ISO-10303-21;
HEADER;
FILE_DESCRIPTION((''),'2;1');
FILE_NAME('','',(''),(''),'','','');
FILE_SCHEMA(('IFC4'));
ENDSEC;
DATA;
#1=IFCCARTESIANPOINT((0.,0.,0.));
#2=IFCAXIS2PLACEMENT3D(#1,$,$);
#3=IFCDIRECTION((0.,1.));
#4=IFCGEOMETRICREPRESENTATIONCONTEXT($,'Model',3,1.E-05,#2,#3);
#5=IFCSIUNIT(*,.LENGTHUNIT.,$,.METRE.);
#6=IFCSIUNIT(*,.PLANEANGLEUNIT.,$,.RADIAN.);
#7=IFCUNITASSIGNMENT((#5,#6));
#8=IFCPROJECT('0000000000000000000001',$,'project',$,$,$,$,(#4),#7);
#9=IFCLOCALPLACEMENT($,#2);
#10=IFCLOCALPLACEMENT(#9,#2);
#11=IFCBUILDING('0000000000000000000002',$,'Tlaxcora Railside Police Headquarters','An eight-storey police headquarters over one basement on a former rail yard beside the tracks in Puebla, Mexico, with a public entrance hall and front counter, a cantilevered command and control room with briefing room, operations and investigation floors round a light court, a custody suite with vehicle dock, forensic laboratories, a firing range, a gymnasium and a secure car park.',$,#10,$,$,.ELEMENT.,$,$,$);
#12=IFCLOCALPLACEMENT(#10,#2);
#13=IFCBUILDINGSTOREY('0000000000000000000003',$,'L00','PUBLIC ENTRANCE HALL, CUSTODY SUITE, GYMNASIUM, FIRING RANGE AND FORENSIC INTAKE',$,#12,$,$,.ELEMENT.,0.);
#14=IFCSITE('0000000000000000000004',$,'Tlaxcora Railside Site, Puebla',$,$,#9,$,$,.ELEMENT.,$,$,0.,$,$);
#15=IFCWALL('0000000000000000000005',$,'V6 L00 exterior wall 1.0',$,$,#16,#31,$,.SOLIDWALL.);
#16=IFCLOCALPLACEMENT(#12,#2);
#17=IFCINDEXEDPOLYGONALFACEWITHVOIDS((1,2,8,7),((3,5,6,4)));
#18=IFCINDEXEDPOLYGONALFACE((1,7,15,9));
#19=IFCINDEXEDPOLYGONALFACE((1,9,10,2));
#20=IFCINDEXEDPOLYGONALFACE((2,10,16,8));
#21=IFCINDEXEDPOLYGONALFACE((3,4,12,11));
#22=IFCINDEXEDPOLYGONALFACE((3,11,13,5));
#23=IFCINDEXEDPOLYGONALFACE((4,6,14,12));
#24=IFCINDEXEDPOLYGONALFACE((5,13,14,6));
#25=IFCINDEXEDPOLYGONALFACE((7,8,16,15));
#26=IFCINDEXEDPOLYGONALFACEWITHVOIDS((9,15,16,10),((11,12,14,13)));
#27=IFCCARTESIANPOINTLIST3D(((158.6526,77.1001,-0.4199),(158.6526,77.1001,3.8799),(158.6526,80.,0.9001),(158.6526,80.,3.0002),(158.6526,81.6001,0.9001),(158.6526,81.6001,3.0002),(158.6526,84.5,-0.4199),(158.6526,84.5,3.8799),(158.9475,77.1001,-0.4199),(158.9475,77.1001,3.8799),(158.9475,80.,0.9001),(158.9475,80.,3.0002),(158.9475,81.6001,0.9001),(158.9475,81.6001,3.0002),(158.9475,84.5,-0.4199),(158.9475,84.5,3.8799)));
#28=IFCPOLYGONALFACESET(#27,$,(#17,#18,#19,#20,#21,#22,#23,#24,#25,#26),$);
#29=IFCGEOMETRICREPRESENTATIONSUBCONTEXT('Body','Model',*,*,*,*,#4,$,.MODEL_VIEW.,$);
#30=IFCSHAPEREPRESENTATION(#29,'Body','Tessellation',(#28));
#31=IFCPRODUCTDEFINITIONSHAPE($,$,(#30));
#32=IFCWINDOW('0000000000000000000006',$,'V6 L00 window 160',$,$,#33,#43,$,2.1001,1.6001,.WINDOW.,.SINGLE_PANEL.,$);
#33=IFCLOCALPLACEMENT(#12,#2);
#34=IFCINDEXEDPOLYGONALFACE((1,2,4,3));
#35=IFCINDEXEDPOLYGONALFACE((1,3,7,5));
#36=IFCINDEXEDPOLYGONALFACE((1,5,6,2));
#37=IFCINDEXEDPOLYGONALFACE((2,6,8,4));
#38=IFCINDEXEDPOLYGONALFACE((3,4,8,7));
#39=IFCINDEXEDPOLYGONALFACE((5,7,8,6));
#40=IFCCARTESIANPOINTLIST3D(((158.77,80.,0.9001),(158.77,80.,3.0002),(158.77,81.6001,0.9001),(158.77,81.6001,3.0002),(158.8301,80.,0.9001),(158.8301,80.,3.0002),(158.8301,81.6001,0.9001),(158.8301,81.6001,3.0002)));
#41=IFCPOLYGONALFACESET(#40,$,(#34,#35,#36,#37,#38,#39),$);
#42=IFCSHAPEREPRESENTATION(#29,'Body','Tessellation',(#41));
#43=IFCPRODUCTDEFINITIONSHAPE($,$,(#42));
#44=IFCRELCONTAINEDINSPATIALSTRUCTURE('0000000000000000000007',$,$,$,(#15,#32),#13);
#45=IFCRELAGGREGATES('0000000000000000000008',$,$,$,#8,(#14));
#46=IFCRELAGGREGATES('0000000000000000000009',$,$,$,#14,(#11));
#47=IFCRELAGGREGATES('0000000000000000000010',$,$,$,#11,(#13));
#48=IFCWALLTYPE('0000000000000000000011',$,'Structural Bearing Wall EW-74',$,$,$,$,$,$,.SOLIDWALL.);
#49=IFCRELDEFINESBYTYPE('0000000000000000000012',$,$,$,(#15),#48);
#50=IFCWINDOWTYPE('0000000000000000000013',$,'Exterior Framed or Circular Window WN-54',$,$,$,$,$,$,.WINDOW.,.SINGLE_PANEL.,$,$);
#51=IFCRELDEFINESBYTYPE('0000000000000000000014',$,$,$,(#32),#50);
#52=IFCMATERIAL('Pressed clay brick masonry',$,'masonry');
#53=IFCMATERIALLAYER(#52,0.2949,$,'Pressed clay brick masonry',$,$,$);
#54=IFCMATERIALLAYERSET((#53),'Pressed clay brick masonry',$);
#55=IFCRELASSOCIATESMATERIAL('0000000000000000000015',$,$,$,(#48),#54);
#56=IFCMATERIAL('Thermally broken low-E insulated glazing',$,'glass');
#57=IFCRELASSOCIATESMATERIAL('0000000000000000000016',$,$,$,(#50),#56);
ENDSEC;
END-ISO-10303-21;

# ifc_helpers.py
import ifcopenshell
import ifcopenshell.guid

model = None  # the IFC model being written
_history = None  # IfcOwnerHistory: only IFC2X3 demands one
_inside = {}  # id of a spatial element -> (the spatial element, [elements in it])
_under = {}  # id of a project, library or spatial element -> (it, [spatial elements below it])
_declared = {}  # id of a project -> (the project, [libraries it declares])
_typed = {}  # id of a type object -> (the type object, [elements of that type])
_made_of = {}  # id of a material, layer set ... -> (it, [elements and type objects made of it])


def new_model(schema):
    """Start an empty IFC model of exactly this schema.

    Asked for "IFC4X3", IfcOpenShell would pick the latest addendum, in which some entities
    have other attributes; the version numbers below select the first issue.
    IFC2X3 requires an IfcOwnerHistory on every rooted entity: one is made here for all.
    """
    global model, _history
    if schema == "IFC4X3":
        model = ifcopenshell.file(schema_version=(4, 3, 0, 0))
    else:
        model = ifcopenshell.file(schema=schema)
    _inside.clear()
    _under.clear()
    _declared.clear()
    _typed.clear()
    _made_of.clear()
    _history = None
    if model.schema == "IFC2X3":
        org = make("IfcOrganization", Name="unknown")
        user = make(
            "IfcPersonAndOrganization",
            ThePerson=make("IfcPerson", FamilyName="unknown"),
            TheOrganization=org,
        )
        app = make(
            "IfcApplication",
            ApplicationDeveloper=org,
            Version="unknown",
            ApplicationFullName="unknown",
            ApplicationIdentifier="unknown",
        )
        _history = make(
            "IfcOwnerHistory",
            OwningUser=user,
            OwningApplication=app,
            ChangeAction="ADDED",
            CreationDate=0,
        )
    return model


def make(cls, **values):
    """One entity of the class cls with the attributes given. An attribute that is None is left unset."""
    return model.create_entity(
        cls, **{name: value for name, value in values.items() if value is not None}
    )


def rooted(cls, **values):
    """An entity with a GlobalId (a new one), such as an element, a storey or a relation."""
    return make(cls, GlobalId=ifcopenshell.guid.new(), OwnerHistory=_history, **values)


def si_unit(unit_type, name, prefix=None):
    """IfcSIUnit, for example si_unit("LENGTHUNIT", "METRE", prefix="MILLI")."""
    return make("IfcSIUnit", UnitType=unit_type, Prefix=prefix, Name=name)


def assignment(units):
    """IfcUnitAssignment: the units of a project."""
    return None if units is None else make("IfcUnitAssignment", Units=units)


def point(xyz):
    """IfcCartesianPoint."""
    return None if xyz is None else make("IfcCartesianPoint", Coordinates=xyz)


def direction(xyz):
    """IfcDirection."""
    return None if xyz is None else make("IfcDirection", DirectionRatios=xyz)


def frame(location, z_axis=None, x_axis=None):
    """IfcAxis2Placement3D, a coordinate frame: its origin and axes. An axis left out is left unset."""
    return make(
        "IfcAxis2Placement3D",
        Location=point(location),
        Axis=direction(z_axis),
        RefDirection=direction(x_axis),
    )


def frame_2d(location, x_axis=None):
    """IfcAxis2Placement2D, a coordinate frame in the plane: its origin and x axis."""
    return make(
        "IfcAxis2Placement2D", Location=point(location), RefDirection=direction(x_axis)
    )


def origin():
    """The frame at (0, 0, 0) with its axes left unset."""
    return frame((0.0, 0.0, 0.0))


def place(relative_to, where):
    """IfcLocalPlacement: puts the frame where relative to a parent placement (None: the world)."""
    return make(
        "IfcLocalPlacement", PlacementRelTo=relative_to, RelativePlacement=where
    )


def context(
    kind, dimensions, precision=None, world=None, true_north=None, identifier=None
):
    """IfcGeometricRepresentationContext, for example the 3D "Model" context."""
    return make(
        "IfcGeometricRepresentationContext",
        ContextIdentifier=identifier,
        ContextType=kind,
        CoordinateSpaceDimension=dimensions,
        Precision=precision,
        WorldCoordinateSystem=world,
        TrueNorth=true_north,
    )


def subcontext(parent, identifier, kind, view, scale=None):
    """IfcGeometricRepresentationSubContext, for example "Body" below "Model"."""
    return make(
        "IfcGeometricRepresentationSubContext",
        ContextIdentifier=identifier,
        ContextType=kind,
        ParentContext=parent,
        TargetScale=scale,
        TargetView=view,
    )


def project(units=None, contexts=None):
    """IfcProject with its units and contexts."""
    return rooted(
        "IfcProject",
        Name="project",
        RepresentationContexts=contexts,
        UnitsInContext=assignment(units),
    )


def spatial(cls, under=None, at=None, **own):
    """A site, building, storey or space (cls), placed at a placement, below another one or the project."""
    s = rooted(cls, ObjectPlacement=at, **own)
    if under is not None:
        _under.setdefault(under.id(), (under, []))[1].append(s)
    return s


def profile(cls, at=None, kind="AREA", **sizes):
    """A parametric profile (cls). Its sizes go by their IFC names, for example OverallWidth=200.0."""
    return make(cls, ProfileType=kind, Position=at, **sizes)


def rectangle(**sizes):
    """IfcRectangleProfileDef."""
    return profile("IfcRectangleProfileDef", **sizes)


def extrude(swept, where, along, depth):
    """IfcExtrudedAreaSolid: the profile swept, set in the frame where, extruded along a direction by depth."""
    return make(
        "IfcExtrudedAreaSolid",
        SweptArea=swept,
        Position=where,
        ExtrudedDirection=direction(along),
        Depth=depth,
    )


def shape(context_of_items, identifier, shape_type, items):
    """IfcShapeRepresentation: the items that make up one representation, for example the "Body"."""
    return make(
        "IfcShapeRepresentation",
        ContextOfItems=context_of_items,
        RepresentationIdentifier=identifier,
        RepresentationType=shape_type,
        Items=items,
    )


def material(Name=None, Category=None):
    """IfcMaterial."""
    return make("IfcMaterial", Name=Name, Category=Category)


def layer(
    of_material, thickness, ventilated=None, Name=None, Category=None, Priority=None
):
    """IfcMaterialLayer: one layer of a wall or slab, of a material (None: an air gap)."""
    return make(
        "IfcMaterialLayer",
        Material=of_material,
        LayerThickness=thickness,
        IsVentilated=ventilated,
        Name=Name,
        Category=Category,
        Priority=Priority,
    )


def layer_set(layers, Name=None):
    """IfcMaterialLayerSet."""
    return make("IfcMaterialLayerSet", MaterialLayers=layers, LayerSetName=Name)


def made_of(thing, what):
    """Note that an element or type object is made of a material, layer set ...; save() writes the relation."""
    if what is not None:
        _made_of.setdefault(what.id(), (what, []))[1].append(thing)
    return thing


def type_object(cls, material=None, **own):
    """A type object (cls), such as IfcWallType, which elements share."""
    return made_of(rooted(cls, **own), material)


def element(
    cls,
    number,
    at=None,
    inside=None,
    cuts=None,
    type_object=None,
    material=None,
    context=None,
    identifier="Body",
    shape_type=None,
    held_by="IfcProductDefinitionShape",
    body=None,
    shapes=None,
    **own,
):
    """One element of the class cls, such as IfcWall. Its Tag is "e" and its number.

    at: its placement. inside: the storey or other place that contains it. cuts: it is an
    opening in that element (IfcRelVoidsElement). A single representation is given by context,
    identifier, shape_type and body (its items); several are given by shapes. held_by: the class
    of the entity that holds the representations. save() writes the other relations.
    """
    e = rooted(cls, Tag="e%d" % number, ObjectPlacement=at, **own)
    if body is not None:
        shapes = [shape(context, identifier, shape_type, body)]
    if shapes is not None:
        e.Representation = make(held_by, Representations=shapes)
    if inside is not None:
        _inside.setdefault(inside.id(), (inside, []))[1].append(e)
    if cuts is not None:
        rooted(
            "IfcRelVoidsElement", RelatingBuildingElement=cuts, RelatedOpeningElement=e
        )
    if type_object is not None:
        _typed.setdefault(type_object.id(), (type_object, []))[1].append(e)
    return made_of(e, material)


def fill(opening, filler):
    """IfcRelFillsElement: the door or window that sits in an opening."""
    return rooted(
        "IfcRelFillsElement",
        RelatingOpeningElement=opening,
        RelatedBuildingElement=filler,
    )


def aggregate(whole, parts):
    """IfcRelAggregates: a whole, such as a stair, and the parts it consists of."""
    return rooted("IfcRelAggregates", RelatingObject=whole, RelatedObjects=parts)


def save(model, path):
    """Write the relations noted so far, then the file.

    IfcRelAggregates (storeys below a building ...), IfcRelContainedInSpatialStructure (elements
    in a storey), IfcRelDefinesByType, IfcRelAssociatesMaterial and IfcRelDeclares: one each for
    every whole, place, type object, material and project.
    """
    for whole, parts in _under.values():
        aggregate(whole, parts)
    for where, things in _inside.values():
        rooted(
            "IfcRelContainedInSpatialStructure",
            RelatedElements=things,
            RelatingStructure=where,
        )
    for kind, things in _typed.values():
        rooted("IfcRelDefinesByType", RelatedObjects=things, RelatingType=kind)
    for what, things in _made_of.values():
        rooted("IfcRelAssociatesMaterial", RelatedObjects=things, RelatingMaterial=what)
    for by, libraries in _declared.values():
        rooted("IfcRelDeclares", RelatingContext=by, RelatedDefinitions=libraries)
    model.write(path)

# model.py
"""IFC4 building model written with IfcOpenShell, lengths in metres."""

from ifc_helpers import new_model, si_unit, direction, frame, frame_2d, origin, place, context, subcontext, project, spatial, rectangle, extrude, material, layer, layer_set, type_object, element, fill, save


model = new_model("IFC4")

# Units and contexts
model_context = context("Model", 3, precision=1e-05, world=origin(), true_north=direction((0.0, 1.0)))
body_context = subcontext(model_context, "Body", "Model", "MODEL_VIEW")
ifc_project = project(units=[si_unit("LENGTHUNIT", "METRE"), si_unit("PLANEANGLEUNIT", "RADIAN")], contexts=[model_context])

# Site, building, storey
site_placement = place(None, origin())
site = spatial("IfcSite", under=ifc_project, at=site_placement, Name="Tlaxcora Railside Site, Puebla", CompositionType="ELEMENT", RefElevation=0.0)
building_placement = place(site_placement, origin())
building = spatial("IfcBuilding", under=site, at=building_placement, Name="Tlaxcora Railside Police Headquarters", Description="An eight-storey police headquarters over one basement on a former rail yard beside the tracks in Puebla, Mexico, with a public entrance hall and front counter, a cantilevered command and control room with briefing room, operations and investigation floors round a light court, a custody suite with vehicle dock, forensic laboratories, a firing range, a gymnasium and a secure car park.", CompositionType="ELEMENT")
storey_placement = place(building_placement, origin())
storey = spatial("IfcBuildingStorey", under=building, at=storey_placement, Name="L00", Description="PUBLIC ENTRANCE HALL, CUSTODY SUITE, GYMNASIUM, FIRING RANGE AND FORENSIC INTAKE", CompositionType="ELEMENT", Elevation=0.0)

# Shared definitions
ifc_material_1 = material(Name="Thermally broken low-E insulated glazing", Category="glass")

# Wall, opening, window
ifc_material_2 = material(Name="Pressed clay brick masonry", Category="masonry")
ifc_layer_1 = layer(ifc_material_2, 0.2949, Name="Pressed clay brick masonry")
ifc_layer_set_1 = layer_set([ifc_layer_1], Name="Pressed clay brick masonry")
wall_type_1 = type_object("IfcWallType", Name="Structural Bearing Wall EW-74", PredefinedType="SOLIDWALL", material=ifc_layer_set_1)
wall_1_placement = place(storey_placement, frame((158.8, 77.1001, -0.4199), z_axis=(0.0, 0.0, 1.0), x_axis=(0.0, 1.0, 0.0)))
wall_1 = element("IfcWall", 1, at=wall_1_placement, inside=storey, type_object=wall_type_1, Name="V6 L00 exterior wall 1.0", PredefinedType="SOLIDWALL", context=body_context, shape_type="SweptSolid", body=[
    extrude(rectangle(XDim=7.3999, YDim=0.2949, at=frame_2d((3.7, 0.0))), origin(), (0.0, 0.0, 1.0), 4.2998),
])
opening_1_placement = place(wall_1_placement, frame((2.8999, 0.0, 1.3201)))
opening_1 = element("IfcOpeningElement", 2, at=opening_1_placement, cuts=wall_1, PredefinedType="OPENING", context=body_context, shape_type="SweptSolid", body=[
    extrude(rectangle(XDim=1.6001, YDim=2.1001, at=frame_2d((0.8, 1.05))), frame((0.0, 0.1575, 0.0), z_axis=(0.0, -1.0, 0.0), x_axis=(1.0, 0.0, 0.0)), (0.0, 0.0, 1.0), 0.3149),
])
window_type_1 = type_object("IfcWindowType", Name="Exterior Framed or Circular Window WN-54", PartitioningType="SINGLE_PANEL", PredefinedType="WINDOW", material=ifc_material_1)
window_1_placement = place(opening_1_placement, origin())
window_1 = element("IfcWindow", 3, at=window_1_placement, inside=storey, type_object=window_type_1, Name="V6 L00 window 160", OverallHeight=2.1001, OverallWidth=1.6001, PartitioningType="SINGLE_PANEL", PredefinedType="WINDOW", context=body_context, shape_type="SweptSolid", body=[
    extrude(rectangle(XDim=1.6001, YDim=2.1001, at=frame_2d((0.8, 1.05))), frame((0.0, 0.03, 0.0), z_axis=(0.0, -1.0, 0.0), x_axis=(1.0, 0.0, 0.0)), (0.0, 0.0, 1.0), 0.0601),
])
fill(opening_1, window_1)

save(model, "model.ifc")
